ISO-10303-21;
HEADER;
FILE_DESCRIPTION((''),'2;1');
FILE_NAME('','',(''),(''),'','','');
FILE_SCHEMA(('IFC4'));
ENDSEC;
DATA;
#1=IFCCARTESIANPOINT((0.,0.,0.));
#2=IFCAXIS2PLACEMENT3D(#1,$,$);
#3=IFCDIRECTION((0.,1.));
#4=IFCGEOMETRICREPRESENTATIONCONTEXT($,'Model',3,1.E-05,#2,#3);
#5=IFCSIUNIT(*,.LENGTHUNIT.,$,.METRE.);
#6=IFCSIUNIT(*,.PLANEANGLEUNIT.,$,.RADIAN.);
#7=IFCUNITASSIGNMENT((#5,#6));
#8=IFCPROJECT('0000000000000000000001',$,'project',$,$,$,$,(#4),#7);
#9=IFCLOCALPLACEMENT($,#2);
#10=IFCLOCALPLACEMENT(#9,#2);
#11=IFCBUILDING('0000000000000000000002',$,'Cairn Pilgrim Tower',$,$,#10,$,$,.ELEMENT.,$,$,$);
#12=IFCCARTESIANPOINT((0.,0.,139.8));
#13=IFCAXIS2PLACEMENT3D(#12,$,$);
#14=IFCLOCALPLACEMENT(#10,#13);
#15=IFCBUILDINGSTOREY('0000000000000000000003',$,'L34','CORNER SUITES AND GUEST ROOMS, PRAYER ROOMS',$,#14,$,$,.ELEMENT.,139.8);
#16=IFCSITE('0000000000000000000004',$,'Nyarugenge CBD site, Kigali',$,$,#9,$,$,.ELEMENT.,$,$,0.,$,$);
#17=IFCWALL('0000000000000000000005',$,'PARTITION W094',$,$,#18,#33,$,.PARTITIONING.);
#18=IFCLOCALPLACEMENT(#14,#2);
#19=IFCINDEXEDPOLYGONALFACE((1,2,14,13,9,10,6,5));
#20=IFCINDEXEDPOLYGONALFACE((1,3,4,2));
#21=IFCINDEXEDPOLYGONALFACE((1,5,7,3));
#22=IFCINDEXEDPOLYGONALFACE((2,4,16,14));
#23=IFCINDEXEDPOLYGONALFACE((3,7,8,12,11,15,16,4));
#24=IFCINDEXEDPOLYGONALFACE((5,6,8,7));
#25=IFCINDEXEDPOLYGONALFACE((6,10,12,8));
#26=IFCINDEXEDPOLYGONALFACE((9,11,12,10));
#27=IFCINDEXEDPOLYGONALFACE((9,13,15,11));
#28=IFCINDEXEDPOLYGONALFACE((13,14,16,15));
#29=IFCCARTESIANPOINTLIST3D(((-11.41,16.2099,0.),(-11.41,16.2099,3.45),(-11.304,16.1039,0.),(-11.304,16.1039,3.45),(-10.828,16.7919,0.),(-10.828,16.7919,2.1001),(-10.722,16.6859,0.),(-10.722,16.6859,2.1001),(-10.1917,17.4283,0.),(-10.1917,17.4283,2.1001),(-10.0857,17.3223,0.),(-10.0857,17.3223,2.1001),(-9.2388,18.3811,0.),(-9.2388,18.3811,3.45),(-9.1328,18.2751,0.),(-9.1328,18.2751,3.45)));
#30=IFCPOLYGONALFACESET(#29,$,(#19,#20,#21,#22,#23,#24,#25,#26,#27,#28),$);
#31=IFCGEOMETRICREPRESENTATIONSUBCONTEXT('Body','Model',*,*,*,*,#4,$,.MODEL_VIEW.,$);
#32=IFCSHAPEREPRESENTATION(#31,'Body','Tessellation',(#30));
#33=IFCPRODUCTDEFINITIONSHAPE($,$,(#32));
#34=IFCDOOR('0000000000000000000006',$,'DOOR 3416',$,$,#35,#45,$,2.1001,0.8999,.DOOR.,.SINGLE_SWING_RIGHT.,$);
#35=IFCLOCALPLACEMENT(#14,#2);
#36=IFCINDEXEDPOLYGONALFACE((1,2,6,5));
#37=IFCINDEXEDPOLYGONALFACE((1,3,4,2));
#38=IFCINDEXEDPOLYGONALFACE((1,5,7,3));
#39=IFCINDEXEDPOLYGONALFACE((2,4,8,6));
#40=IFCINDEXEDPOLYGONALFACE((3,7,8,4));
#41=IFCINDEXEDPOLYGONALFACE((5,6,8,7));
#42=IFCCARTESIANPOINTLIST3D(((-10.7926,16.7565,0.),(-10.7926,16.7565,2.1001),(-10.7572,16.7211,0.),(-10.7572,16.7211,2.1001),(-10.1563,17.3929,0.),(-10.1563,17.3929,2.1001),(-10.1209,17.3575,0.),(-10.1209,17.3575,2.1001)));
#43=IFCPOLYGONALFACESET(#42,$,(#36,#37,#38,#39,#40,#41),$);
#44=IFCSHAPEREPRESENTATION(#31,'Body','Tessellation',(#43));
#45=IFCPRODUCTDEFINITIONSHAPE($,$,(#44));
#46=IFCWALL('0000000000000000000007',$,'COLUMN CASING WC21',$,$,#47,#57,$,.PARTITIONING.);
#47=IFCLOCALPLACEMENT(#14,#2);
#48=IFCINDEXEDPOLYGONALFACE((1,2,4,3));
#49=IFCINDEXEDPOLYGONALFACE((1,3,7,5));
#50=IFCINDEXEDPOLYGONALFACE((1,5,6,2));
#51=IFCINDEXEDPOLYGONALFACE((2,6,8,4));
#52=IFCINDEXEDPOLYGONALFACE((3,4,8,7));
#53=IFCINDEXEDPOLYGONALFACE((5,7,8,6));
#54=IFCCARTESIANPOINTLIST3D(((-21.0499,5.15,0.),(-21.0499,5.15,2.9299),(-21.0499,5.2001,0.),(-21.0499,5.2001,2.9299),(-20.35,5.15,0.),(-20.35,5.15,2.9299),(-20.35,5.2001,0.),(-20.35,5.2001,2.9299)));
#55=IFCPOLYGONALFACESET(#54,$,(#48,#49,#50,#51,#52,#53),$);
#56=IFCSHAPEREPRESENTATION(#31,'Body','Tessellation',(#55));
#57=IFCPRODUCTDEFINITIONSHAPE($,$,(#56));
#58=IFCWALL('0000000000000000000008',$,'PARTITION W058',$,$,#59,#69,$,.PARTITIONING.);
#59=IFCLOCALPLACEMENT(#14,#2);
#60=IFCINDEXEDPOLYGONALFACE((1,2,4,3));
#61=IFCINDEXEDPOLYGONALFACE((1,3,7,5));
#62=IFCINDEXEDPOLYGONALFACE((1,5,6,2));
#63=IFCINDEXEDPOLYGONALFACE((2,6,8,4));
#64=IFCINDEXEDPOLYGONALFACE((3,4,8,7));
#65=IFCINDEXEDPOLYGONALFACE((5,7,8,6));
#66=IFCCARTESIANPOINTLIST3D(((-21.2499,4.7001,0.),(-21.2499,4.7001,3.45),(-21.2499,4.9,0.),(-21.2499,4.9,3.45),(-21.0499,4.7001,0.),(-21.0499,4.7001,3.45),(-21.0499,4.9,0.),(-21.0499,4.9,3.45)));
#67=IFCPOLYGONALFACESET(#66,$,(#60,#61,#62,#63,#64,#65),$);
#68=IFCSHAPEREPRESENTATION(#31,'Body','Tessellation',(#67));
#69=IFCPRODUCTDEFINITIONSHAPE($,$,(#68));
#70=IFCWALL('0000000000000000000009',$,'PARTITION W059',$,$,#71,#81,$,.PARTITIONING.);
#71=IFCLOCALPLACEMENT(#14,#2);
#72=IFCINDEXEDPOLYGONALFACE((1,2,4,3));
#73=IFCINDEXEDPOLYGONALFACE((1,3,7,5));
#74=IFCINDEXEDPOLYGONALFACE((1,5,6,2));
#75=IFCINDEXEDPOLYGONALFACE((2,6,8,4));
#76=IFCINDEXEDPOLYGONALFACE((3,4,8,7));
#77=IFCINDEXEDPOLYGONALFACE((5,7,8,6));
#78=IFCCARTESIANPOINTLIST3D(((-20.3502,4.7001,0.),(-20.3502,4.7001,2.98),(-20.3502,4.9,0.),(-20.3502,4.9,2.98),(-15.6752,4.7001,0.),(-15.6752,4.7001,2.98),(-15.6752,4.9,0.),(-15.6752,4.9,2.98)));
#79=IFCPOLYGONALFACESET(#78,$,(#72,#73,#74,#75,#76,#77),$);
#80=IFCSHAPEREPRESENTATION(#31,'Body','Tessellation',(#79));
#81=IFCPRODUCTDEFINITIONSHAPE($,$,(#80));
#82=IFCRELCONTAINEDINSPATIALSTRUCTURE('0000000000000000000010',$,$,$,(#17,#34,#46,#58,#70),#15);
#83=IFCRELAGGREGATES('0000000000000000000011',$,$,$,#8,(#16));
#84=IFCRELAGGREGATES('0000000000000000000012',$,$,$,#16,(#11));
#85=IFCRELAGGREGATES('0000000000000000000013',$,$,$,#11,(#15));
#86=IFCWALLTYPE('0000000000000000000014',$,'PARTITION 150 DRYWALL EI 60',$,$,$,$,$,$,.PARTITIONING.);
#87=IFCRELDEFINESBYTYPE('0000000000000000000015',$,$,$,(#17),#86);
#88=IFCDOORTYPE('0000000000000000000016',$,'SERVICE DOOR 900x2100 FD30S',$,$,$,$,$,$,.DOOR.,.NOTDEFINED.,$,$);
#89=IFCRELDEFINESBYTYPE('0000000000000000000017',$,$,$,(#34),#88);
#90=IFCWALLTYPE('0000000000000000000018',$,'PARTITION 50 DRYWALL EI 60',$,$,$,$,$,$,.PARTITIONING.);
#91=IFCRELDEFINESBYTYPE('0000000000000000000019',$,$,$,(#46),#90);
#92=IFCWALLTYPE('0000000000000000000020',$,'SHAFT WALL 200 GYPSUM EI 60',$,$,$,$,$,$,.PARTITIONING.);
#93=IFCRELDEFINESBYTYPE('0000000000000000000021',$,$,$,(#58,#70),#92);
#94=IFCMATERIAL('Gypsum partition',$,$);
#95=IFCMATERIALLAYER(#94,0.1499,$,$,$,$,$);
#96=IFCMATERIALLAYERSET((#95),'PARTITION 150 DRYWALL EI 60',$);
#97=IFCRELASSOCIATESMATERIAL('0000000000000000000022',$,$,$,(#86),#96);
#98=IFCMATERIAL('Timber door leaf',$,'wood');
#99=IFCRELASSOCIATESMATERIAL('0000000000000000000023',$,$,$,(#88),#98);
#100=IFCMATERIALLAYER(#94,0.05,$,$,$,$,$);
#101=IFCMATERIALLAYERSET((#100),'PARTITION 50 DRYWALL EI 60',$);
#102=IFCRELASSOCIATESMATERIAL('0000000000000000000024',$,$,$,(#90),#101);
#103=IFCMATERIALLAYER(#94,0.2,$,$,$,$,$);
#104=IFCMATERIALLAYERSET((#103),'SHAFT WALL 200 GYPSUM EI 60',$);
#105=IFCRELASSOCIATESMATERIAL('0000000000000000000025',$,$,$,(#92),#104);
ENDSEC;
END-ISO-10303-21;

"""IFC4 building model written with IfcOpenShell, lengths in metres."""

from ifc_helpers import new_model, si_unit, direction, frame, frame_2d, origin, place, context, subcontext, project, spatial, rectangle, extrude, material, layer, layer_set, type_object, element, fill, save


model = new_model("IFC4")

# Units and contexts
model_context = context("Model", 3, precision=1e-05, world=origin(), true_north=direction((0.0, 1.0)))
body_context = subcontext(model_context, "Body", "Model", "MODEL_VIEW")
ifc_project = project(units=[si_unit("LENGTHUNIT", "METRE"), si_unit("PLANEANGLEUNIT", "RADIAN")], contexts=[model_context])

# Site, building, storey
site_placement = place(None, origin())
site = spatial("IfcSite", under=ifc_project, at=site_placement, Name="Nyarugenge CBD site, Kigali", CompositionType="ELEMENT", RefElevation=0.0)
building_placement = place(site_placement, origin())
building = spatial("IfcBuilding", under=site, at=building_placement, Name="Cairn Pilgrim Tower", CompositionType="ELEMENT")
storey_placement = place(building_placement, frame((0.0, 0.0, 139.8)))
storey = spatial("IfcBuildingStorey", under=building, at=storey_placement, Name="L34", Description="CORNER SUITES AND GUEST ROOMS, PRAYER ROOMS", CompositionType="ELEMENT", Elevation=139.8)

# Shared definitions
ifc_material_1 = material(Name="Gypsum partition")

# Shared definitions
ifc_material_2 = material(Name="Timber door leaf", Category="wood")

# Shared definitions
ifc_layer_1 = layer(ifc_material_1, 0.1499)
ifc_layer_set_1 = layer_set([ifc_layer_1], Name="PARTITION 150 DRYWALL EI 60")
wall_type_1 = type_object("IfcWallType", Name="PARTITION 150 DRYWALL EI 60", PredefinedType="PARTITIONING", material=ifc_layer_set_1)

# Wall, opening, door
wall_1_placement = place(storey_placement, frame((-11.3569, 16.157, 0.0), z_axis=(0.0, 0.0, 1.0), x_axis=(0.707107, 0.707107, 0.0)))
wall_1 = element("IfcWall", 1, at=wall_1_placement, inside=storey, type_object=wall_type_1, Name="PARTITION W094", PredefinedType="PARTITIONING", context=body_context, shape_type="SweptSolid", body=[
    extrude(rectangle(XDim=3.0706, YDim=0.1499, at=frame_2d((1.5352, 0.0))), origin(), (0.0, 0.0, 1.0), 3.45),
])
opening_1_placement = place(wall_1_placement, frame((0.823, 0.0, 0.0)))
opening_1 = element("IfcOpeningElement", 2, at=opening_1_placement, cuts=wall_1, PredefinedType="OPENING", context=body_context, shape_type="SweptSolid", body=[
    extrude(rectangle(XDim=0.8999, YDim=2.1001, at=frame_2d((0.45, 1.05))), frame((0.0, 0.085, 0.0), z_axis=(0.0, -1.0, 0.0), x_axis=(1.0, 0.0, 0.0)), (0.0, 0.0, 1.0), 0.1699),
])
door_type_1 = type_object("IfcDoorType", Name="SERVICE DOOR 900x2100 FD30S", OperationType="NOTDEFINED", PredefinedType="DOOR", material=ifc_material_2)
door_1_placement = place(opening_1_placement, origin())
door_1 = element("IfcDoor", 3, at=door_1_placement, inside=storey, type_object=door_type_1, Name="DOOR 3416", OperationType="SINGLE_SWING_RIGHT", OverallHeight=2.1001, OverallWidth=0.8999, PredefinedType="DOOR", context=body_context, shape_type="SweptSolid", body=[
    extrude(rectangle(XDim=0.8999, YDim=2.1001, at=frame_2d((0.45, 1.05))), frame((0.0, 0.0249, 0.0), z_axis=(0.0, -1.0, 0.0), x_axis=(1.0, 0.0, 0.0)), (0.0, 0.0, 1.0), 0.05),
])
fill(opening_1, door_1)

# Walls
ifc_layer_2 = layer(ifc_material_1, 0.05)
ifc_layer_set_2 = layer_set([ifc_layer_2], Name="PARTITION 50 DRYWALL EI 60")
wall_type_2 = type_object("IfcWallType", Name="PARTITION 50 DRYWALL EI 60", PredefinedType="PARTITIONING", material=ifc_layer_set_2)
wall_2_placement = place(storey_placement, frame((-21.05, 5.175, 0.0), z_axis=(0.0, 0.0, 1.0), x_axis=(1.0, 0.0, 0.0)))
element("IfcWall", 4, at=wall_2_placement, inside=storey, type_object=wall_type_2, Name="COLUMN CASING WC21", PredefinedType="PARTITIONING", context=body_context, shape_type="SweptSolid", body=[
    extrude(rectangle(XDim=0.7, YDim=0.05, at=frame_2d((0.3501, 0.0))), origin(), (0.0, 0.0, 1.0), 2.9299),
])
ifc_layer_3 = layer(ifc_material_1, 0.2)
ifc_layer_set_3 = layer_set([ifc_layer_3], Name="SHAFT WALL 200 GYPSUM EI 60")
wall_type_3 = type_object("IfcWallType", Name="SHAFT WALL 200 GYPSUM EI 60", PredefinedType="PARTITIONING", material=ifc_layer_set_3)
wall_3_placement = place(storey_placement, frame((-21.25, 4.8, 0.0), z_axis=(0.0, 0.0, 1.0), x_axis=(1.0, 0.0, 0.0)))
element("IfcWall", 5, at=wall_3_placement, inside=storey, type_object=wall_type_3, Name="PARTITION W058", PredefinedType="PARTITIONING", context=body_context, shape_type="SweptSolid", body=[
    extrude(rectangle(XDim=0.2, YDim=0.2, at=frame_2d((0.1001, 0.0))), origin(), (0.0, 0.0, 1.0), 3.45),
])
wall_4_placement = place(storey_placement, frame((-20.3501, 4.8, 0.0), z_axis=(0.0, 0.0, 1.0), x_axis=(1.0, 0.0, 0.0)))
element("IfcWall", 6, at=wall_4_placement, inside=storey, type_object=wall_type_3, Name="PARTITION W059", PredefinedType="PARTITIONING", context=body_context, shape_type="SweptSolid", body=[
    extrude(rectangle(XDim=4.675, YDim=0.2, at=frame_2d((2.3374, 0.0))), origin(), (0.0, 0.0, 1.0), 2.98),
])

save(model, "model.ifc")
